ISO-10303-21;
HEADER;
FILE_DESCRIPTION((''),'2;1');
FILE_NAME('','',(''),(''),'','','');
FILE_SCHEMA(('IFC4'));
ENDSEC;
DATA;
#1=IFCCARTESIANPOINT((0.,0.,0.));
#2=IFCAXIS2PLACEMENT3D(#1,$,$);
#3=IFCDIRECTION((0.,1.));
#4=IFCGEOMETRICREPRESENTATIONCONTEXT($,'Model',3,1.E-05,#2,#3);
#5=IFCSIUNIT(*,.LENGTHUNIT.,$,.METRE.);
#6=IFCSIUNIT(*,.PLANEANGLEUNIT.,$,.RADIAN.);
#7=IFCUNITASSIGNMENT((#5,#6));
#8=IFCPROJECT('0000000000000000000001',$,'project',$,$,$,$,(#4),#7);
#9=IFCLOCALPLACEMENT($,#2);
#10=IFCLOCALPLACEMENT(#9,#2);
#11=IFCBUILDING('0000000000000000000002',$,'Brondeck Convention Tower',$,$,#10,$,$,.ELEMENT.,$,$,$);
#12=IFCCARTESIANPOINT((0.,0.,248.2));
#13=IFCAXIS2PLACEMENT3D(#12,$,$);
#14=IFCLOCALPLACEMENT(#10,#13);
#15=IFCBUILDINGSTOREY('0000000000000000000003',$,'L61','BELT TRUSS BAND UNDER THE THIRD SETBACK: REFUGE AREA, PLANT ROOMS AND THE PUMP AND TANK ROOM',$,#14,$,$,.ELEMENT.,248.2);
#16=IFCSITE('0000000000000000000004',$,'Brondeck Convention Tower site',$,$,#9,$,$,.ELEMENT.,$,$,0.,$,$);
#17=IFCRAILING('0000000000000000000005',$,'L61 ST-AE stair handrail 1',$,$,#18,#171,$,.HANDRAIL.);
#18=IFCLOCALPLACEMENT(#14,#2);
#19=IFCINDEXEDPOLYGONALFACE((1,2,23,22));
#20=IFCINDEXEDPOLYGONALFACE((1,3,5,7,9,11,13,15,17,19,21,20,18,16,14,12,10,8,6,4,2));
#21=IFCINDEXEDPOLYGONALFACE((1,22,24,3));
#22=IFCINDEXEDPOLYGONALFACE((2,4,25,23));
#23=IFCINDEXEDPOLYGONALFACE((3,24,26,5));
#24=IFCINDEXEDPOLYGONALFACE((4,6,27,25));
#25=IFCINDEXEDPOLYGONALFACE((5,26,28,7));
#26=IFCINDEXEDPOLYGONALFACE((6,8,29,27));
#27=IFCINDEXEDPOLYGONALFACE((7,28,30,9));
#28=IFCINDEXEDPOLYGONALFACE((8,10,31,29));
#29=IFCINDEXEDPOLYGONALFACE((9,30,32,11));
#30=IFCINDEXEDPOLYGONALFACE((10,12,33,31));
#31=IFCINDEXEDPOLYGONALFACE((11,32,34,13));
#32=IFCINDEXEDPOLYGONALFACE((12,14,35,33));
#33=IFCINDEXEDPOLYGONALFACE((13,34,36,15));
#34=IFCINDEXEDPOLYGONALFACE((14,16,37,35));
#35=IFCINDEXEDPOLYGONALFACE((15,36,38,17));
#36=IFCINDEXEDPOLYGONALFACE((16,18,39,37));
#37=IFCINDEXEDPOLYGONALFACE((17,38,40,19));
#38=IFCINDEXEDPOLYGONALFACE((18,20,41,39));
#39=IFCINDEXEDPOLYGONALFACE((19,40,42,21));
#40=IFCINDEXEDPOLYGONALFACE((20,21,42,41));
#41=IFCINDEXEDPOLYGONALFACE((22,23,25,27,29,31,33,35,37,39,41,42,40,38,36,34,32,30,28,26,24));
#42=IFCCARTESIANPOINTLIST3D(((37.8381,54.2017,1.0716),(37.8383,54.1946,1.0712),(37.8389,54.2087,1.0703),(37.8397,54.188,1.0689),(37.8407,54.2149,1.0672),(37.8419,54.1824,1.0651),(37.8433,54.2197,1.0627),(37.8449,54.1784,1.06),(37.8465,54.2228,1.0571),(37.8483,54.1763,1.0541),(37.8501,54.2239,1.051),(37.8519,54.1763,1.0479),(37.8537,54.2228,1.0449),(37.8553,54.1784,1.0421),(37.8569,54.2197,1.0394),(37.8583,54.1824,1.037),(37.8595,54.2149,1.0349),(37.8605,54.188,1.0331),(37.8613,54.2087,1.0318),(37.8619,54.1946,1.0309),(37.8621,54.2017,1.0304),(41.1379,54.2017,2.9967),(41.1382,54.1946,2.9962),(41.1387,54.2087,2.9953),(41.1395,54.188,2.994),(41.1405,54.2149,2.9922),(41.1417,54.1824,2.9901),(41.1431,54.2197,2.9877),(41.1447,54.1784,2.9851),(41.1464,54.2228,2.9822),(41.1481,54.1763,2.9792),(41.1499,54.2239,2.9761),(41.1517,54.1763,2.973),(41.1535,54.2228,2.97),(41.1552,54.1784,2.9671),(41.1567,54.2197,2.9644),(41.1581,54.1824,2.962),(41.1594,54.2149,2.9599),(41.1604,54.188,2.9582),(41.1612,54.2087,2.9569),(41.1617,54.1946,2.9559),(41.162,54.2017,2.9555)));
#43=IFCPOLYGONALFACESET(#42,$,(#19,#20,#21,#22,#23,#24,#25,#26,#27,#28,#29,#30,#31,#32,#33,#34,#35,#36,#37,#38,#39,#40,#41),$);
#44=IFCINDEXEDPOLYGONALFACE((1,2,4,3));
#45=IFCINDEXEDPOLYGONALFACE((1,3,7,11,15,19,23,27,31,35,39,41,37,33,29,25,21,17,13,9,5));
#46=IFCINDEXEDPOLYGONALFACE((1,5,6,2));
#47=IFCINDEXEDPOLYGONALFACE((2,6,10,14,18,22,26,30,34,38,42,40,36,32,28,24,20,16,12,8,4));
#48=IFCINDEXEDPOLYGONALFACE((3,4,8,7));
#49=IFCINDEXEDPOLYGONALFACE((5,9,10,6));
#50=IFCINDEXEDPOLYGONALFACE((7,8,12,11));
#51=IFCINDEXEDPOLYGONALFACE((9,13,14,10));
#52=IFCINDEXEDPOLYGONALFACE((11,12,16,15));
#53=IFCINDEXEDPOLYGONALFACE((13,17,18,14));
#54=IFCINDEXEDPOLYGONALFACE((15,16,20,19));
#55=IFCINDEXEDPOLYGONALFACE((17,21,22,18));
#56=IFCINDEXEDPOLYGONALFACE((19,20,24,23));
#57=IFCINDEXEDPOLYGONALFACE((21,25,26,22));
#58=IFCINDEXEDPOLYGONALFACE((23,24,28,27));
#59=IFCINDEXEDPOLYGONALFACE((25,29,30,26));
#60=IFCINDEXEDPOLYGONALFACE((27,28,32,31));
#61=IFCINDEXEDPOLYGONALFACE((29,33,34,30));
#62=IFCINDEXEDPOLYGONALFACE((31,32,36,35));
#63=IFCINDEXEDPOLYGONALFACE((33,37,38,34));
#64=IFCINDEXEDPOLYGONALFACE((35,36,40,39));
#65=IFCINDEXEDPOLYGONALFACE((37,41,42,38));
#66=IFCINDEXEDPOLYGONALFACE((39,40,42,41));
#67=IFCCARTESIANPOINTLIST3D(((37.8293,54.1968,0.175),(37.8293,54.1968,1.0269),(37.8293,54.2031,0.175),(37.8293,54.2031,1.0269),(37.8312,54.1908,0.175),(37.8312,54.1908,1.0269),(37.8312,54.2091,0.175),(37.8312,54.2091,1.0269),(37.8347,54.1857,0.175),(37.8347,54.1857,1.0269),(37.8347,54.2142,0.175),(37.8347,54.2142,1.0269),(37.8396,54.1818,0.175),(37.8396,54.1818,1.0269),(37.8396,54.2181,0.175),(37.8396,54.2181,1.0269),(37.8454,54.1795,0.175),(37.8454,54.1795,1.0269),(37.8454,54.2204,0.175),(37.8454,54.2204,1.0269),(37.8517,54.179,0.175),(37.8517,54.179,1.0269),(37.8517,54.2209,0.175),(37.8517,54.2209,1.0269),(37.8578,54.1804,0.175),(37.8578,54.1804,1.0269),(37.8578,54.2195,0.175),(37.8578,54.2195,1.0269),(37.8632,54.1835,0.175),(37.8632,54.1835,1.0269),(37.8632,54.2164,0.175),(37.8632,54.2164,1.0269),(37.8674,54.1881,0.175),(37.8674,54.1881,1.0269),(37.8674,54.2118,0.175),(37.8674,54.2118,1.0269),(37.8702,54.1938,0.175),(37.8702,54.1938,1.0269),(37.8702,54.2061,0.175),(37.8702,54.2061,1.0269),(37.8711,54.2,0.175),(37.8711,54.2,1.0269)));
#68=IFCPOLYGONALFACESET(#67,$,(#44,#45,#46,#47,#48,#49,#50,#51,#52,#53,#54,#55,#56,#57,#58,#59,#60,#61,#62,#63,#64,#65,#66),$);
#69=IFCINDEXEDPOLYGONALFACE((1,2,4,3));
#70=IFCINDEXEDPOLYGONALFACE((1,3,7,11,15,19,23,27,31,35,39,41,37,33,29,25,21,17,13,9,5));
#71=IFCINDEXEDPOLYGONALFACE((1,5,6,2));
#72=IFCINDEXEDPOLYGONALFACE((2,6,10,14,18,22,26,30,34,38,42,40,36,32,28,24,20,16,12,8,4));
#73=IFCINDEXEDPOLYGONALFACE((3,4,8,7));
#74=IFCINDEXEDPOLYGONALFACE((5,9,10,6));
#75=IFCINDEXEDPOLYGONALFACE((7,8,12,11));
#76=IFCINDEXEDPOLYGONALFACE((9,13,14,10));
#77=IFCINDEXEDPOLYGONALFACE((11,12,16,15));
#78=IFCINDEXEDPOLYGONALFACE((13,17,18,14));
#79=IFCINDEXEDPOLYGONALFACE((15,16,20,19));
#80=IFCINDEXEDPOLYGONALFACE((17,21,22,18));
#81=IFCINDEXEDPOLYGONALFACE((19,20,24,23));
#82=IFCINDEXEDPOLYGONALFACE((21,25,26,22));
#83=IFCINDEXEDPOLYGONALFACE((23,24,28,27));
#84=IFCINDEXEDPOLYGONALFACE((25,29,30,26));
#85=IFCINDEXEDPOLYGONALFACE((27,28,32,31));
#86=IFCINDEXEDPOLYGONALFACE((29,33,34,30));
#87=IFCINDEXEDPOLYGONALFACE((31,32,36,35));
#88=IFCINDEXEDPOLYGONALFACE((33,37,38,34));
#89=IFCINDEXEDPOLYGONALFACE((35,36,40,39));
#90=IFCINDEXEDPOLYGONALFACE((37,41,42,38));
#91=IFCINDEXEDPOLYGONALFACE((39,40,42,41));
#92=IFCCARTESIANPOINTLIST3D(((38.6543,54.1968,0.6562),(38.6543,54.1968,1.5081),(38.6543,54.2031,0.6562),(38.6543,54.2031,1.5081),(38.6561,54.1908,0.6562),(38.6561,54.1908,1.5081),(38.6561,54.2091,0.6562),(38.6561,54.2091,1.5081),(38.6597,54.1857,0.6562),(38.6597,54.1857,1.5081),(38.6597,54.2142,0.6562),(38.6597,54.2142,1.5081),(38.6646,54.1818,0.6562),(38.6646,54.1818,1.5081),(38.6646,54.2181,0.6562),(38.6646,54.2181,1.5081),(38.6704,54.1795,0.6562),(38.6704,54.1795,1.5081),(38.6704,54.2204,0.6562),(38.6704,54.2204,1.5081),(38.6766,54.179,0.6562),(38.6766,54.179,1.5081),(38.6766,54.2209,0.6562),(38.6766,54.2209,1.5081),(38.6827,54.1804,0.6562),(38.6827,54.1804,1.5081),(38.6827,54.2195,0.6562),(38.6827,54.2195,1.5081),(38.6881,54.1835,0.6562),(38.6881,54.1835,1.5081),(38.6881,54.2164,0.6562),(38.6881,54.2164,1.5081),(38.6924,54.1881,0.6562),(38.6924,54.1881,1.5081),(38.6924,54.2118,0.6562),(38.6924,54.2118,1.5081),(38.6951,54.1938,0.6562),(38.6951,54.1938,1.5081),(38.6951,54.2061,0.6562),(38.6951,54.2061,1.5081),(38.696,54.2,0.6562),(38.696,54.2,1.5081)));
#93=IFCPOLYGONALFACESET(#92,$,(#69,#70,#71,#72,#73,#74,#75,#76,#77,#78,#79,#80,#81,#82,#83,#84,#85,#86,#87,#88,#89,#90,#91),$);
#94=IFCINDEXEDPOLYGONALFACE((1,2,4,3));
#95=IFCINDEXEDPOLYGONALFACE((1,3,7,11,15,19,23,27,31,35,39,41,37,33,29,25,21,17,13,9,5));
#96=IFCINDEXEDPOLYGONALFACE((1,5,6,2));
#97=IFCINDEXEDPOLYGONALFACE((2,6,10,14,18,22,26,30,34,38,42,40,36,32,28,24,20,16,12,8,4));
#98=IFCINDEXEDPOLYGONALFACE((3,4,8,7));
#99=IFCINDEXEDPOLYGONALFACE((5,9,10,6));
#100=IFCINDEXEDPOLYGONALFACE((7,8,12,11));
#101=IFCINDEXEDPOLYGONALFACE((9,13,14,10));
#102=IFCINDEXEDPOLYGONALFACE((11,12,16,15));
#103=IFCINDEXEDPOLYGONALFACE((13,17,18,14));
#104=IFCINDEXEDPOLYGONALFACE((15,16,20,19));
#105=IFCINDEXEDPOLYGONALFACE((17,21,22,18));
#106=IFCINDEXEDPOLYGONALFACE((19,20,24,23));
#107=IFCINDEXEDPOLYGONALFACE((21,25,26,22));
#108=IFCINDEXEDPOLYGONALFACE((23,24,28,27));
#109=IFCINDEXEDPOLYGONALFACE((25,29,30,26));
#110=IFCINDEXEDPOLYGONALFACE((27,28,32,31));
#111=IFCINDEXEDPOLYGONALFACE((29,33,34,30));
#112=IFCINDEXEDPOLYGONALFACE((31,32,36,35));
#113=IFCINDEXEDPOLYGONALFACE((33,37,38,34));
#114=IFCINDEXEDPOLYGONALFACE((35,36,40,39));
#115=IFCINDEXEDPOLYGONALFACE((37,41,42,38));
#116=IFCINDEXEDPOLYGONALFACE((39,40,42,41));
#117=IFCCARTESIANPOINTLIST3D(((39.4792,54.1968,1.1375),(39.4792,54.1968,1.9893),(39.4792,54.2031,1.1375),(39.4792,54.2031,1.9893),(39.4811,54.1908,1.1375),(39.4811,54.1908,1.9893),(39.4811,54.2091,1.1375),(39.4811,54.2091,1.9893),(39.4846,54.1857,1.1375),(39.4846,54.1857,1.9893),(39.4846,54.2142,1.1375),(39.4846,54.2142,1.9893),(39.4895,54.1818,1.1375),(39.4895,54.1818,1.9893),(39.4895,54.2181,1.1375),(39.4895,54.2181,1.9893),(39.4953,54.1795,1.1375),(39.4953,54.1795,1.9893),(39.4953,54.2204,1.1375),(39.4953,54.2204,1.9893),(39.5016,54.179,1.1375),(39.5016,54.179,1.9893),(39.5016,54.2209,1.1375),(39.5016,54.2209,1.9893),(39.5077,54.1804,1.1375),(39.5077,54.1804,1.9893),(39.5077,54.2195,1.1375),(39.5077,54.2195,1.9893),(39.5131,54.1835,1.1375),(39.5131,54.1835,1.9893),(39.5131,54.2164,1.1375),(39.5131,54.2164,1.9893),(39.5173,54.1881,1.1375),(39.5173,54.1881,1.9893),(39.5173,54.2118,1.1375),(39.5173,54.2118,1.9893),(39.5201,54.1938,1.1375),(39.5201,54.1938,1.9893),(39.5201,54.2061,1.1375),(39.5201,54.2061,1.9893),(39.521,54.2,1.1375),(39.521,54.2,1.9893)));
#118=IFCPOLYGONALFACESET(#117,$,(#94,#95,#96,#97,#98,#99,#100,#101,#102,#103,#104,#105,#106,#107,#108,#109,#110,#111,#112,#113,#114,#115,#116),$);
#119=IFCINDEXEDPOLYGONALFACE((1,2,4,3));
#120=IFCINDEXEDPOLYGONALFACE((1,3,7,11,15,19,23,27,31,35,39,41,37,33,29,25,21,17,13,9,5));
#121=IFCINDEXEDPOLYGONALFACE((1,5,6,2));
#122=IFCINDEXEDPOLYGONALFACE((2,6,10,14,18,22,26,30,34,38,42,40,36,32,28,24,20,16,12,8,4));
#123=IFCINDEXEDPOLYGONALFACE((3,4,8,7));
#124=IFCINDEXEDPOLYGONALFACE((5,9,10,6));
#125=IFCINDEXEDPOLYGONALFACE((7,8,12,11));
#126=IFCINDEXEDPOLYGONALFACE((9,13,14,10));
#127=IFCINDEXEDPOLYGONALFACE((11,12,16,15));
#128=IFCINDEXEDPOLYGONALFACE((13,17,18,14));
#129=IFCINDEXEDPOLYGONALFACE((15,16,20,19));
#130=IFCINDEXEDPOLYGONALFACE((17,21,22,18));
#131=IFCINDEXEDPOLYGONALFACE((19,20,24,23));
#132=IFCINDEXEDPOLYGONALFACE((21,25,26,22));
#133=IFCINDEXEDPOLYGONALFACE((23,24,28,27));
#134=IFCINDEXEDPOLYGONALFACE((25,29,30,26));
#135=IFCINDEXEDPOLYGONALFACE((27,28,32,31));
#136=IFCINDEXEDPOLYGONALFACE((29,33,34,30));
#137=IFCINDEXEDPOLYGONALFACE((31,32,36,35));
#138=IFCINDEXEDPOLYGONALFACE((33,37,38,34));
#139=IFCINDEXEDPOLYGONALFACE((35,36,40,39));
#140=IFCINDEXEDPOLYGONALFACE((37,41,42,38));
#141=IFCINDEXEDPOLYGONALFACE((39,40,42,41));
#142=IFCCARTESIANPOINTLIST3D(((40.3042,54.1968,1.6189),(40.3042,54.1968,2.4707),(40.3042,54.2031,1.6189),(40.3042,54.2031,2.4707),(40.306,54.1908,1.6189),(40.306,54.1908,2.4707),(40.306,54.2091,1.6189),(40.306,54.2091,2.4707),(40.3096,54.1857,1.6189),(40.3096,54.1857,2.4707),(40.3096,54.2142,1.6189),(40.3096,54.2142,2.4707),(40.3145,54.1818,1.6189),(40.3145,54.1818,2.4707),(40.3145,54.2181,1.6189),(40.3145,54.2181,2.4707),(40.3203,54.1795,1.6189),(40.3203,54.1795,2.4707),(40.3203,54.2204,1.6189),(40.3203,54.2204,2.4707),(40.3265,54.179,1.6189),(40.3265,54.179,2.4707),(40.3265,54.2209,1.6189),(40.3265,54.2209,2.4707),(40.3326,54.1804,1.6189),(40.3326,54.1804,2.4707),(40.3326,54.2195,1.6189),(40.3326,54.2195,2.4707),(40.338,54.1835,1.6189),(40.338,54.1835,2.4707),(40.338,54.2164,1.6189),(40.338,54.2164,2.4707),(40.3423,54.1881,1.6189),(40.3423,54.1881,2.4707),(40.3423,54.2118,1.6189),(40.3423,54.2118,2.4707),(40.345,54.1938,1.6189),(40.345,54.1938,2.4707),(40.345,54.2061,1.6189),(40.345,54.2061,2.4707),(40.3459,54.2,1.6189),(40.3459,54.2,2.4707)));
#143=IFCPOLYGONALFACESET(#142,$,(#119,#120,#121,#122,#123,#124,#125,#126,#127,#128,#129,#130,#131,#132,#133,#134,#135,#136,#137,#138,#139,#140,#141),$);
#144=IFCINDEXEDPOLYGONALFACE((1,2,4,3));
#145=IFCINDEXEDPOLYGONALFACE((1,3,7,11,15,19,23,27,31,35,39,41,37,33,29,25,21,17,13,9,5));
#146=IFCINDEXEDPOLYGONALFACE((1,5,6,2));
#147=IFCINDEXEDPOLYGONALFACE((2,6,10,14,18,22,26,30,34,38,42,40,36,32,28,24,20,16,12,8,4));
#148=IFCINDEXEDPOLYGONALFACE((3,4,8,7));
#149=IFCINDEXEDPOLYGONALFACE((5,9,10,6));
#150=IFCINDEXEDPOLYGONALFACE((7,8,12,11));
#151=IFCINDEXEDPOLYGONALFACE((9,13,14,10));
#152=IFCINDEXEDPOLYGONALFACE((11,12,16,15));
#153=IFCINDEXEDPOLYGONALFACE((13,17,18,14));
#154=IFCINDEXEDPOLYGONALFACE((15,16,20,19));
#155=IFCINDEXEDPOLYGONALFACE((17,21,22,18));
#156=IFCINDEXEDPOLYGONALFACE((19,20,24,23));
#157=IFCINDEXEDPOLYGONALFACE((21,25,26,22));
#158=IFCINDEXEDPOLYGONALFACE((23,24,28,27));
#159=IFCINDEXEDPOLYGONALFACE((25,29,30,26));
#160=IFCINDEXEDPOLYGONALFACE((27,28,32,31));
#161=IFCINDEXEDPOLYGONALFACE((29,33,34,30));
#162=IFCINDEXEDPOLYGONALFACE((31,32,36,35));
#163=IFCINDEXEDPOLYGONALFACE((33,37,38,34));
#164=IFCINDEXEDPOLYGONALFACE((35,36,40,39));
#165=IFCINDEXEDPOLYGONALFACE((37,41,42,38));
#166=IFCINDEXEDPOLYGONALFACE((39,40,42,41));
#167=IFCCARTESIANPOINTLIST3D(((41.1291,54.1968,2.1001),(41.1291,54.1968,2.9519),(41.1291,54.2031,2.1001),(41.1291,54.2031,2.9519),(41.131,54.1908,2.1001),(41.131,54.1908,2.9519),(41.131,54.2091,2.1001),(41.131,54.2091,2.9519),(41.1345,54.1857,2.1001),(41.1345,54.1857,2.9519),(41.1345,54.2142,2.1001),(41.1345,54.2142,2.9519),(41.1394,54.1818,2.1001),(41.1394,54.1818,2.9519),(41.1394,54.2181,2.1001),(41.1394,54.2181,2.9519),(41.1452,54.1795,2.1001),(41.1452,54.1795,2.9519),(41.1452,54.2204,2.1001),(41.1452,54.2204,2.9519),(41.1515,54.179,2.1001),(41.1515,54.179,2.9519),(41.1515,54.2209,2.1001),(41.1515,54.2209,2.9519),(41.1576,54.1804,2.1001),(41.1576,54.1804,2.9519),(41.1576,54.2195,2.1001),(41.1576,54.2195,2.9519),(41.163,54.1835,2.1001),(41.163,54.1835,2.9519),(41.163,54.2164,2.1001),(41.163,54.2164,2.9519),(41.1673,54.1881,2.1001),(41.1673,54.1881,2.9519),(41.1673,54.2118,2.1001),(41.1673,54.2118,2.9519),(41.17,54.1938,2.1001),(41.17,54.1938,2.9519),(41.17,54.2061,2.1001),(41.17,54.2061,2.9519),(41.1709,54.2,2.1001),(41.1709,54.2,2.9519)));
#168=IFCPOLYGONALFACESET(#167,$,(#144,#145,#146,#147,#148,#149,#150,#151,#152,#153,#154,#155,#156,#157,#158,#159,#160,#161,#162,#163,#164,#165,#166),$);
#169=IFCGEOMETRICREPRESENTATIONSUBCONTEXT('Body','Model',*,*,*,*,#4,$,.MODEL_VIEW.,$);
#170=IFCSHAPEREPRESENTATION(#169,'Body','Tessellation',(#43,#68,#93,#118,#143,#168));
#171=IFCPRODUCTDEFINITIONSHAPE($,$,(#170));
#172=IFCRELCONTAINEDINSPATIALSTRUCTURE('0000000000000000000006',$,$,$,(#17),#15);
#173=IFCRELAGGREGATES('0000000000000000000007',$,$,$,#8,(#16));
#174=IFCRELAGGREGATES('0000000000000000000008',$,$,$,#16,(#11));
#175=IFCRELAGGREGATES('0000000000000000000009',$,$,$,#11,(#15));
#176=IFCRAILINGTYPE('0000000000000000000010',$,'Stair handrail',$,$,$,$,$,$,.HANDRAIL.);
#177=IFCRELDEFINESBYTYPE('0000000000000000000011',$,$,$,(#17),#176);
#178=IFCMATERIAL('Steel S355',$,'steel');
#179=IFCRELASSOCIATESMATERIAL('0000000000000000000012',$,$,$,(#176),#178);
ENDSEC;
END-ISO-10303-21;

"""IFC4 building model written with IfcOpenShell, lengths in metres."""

from ifc_helpers import new_model, si_unit, direction, frame, origin, origin_2d, place, context, subcontext, project, spatial, circle, extrude, material, type_object, element, save


model = new_model("IFC4")

# Units and contexts
model_context = context("Model", 3, precision=1e-05, world=origin(), true_north=direction((0.0, 1.0)))
body_context = subcontext(model_context, "Body", "Model", "MODEL_VIEW")
ifc_project = project(units=[si_unit("LENGTHUNIT", "METRE"), si_unit("PLANEANGLEUNIT", "RADIAN")], contexts=[model_context])

# Site, building, storey
site_placement = place(None, origin())
site = spatial("IfcSite", under=ifc_project, at=site_placement, Name="Brondeck Convention Tower site", CompositionType="ELEMENT", RefElevation=0.0)
building_placement = place(site_placement, origin())
building = spatial("IfcBuilding", under=site, at=building_placement, Name="Brondeck Convention Tower", CompositionType="ELEMENT")
storey_placement = place(building_placement, frame((0.0, 0.0, 248.2)))
storey = spatial("IfcBuildingStorey", under=building, at=storey_placement, Name="L61", Description="BELT TRUSS BAND UNDER THE THIRD SETBACK: REFUGE AREA, PLANT ROOMS AND THE PUMP AND TANK ROOM", CompositionType="ELEMENT", Elevation=248.2)

# Shared definitions
ifc_material_1 = material(Name="Steel S355", Category="steel")

# Railing
railing_type_1 = type_object("IfcRailingType", Name="Stair handrail", PredefinedType="HANDRAIL", material=ifc_material_1)
railing_1_placement = place(storey_placement, frame((37.8501, 54.2, 0.175)))
element("IfcRailing", 1, at=railing_1_placement, inside=storey, type_object=railing_type_1, Name="L61 ST-AE stair handrail 1", PredefinedType="HANDRAIL", context=body_context, shape_type="SweptSolid", body=[
    extrude(circle(Radius=0.0239, at=origin_2d()), frame((0.0, 0.0, 0.876), z_axis=(0.86376, 0.0, 0.503903), x_axis=(0.0, 1.0, 0.0)), (0.0, 0.0, 1.0), 3.8203),
    extrude(circle(Radius=0.021, at=origin_2d()), origin(), (0.0, 0.0, 1.0), 0.8518),
    extrude(circle(Radius=0.021, at=origin_2d()), frame((0.825, 0.0, 0.4812)), (0.0, 0.0, 1.0), 0.8518),
    extrude(circle(Radius=0.021, at=origin_2d()), frame((1.6499, 0.0, 0.9624)), (0.0, 0.0, 1.0), 0.8518),
    extrude(circle(Radius=0.021, at=origin_2d()), frame((2.4749, 0.0, 1.4438)), (0.0, 0.0, 1.0), 0.8518),
    extrude(circle(Radius=0.021, at=origin_2d()), frame((3.2998, 0.0, 1.925)), (0.0, 0.0, 1.0), 0.8518),
])

save(model, "model.ifc")
